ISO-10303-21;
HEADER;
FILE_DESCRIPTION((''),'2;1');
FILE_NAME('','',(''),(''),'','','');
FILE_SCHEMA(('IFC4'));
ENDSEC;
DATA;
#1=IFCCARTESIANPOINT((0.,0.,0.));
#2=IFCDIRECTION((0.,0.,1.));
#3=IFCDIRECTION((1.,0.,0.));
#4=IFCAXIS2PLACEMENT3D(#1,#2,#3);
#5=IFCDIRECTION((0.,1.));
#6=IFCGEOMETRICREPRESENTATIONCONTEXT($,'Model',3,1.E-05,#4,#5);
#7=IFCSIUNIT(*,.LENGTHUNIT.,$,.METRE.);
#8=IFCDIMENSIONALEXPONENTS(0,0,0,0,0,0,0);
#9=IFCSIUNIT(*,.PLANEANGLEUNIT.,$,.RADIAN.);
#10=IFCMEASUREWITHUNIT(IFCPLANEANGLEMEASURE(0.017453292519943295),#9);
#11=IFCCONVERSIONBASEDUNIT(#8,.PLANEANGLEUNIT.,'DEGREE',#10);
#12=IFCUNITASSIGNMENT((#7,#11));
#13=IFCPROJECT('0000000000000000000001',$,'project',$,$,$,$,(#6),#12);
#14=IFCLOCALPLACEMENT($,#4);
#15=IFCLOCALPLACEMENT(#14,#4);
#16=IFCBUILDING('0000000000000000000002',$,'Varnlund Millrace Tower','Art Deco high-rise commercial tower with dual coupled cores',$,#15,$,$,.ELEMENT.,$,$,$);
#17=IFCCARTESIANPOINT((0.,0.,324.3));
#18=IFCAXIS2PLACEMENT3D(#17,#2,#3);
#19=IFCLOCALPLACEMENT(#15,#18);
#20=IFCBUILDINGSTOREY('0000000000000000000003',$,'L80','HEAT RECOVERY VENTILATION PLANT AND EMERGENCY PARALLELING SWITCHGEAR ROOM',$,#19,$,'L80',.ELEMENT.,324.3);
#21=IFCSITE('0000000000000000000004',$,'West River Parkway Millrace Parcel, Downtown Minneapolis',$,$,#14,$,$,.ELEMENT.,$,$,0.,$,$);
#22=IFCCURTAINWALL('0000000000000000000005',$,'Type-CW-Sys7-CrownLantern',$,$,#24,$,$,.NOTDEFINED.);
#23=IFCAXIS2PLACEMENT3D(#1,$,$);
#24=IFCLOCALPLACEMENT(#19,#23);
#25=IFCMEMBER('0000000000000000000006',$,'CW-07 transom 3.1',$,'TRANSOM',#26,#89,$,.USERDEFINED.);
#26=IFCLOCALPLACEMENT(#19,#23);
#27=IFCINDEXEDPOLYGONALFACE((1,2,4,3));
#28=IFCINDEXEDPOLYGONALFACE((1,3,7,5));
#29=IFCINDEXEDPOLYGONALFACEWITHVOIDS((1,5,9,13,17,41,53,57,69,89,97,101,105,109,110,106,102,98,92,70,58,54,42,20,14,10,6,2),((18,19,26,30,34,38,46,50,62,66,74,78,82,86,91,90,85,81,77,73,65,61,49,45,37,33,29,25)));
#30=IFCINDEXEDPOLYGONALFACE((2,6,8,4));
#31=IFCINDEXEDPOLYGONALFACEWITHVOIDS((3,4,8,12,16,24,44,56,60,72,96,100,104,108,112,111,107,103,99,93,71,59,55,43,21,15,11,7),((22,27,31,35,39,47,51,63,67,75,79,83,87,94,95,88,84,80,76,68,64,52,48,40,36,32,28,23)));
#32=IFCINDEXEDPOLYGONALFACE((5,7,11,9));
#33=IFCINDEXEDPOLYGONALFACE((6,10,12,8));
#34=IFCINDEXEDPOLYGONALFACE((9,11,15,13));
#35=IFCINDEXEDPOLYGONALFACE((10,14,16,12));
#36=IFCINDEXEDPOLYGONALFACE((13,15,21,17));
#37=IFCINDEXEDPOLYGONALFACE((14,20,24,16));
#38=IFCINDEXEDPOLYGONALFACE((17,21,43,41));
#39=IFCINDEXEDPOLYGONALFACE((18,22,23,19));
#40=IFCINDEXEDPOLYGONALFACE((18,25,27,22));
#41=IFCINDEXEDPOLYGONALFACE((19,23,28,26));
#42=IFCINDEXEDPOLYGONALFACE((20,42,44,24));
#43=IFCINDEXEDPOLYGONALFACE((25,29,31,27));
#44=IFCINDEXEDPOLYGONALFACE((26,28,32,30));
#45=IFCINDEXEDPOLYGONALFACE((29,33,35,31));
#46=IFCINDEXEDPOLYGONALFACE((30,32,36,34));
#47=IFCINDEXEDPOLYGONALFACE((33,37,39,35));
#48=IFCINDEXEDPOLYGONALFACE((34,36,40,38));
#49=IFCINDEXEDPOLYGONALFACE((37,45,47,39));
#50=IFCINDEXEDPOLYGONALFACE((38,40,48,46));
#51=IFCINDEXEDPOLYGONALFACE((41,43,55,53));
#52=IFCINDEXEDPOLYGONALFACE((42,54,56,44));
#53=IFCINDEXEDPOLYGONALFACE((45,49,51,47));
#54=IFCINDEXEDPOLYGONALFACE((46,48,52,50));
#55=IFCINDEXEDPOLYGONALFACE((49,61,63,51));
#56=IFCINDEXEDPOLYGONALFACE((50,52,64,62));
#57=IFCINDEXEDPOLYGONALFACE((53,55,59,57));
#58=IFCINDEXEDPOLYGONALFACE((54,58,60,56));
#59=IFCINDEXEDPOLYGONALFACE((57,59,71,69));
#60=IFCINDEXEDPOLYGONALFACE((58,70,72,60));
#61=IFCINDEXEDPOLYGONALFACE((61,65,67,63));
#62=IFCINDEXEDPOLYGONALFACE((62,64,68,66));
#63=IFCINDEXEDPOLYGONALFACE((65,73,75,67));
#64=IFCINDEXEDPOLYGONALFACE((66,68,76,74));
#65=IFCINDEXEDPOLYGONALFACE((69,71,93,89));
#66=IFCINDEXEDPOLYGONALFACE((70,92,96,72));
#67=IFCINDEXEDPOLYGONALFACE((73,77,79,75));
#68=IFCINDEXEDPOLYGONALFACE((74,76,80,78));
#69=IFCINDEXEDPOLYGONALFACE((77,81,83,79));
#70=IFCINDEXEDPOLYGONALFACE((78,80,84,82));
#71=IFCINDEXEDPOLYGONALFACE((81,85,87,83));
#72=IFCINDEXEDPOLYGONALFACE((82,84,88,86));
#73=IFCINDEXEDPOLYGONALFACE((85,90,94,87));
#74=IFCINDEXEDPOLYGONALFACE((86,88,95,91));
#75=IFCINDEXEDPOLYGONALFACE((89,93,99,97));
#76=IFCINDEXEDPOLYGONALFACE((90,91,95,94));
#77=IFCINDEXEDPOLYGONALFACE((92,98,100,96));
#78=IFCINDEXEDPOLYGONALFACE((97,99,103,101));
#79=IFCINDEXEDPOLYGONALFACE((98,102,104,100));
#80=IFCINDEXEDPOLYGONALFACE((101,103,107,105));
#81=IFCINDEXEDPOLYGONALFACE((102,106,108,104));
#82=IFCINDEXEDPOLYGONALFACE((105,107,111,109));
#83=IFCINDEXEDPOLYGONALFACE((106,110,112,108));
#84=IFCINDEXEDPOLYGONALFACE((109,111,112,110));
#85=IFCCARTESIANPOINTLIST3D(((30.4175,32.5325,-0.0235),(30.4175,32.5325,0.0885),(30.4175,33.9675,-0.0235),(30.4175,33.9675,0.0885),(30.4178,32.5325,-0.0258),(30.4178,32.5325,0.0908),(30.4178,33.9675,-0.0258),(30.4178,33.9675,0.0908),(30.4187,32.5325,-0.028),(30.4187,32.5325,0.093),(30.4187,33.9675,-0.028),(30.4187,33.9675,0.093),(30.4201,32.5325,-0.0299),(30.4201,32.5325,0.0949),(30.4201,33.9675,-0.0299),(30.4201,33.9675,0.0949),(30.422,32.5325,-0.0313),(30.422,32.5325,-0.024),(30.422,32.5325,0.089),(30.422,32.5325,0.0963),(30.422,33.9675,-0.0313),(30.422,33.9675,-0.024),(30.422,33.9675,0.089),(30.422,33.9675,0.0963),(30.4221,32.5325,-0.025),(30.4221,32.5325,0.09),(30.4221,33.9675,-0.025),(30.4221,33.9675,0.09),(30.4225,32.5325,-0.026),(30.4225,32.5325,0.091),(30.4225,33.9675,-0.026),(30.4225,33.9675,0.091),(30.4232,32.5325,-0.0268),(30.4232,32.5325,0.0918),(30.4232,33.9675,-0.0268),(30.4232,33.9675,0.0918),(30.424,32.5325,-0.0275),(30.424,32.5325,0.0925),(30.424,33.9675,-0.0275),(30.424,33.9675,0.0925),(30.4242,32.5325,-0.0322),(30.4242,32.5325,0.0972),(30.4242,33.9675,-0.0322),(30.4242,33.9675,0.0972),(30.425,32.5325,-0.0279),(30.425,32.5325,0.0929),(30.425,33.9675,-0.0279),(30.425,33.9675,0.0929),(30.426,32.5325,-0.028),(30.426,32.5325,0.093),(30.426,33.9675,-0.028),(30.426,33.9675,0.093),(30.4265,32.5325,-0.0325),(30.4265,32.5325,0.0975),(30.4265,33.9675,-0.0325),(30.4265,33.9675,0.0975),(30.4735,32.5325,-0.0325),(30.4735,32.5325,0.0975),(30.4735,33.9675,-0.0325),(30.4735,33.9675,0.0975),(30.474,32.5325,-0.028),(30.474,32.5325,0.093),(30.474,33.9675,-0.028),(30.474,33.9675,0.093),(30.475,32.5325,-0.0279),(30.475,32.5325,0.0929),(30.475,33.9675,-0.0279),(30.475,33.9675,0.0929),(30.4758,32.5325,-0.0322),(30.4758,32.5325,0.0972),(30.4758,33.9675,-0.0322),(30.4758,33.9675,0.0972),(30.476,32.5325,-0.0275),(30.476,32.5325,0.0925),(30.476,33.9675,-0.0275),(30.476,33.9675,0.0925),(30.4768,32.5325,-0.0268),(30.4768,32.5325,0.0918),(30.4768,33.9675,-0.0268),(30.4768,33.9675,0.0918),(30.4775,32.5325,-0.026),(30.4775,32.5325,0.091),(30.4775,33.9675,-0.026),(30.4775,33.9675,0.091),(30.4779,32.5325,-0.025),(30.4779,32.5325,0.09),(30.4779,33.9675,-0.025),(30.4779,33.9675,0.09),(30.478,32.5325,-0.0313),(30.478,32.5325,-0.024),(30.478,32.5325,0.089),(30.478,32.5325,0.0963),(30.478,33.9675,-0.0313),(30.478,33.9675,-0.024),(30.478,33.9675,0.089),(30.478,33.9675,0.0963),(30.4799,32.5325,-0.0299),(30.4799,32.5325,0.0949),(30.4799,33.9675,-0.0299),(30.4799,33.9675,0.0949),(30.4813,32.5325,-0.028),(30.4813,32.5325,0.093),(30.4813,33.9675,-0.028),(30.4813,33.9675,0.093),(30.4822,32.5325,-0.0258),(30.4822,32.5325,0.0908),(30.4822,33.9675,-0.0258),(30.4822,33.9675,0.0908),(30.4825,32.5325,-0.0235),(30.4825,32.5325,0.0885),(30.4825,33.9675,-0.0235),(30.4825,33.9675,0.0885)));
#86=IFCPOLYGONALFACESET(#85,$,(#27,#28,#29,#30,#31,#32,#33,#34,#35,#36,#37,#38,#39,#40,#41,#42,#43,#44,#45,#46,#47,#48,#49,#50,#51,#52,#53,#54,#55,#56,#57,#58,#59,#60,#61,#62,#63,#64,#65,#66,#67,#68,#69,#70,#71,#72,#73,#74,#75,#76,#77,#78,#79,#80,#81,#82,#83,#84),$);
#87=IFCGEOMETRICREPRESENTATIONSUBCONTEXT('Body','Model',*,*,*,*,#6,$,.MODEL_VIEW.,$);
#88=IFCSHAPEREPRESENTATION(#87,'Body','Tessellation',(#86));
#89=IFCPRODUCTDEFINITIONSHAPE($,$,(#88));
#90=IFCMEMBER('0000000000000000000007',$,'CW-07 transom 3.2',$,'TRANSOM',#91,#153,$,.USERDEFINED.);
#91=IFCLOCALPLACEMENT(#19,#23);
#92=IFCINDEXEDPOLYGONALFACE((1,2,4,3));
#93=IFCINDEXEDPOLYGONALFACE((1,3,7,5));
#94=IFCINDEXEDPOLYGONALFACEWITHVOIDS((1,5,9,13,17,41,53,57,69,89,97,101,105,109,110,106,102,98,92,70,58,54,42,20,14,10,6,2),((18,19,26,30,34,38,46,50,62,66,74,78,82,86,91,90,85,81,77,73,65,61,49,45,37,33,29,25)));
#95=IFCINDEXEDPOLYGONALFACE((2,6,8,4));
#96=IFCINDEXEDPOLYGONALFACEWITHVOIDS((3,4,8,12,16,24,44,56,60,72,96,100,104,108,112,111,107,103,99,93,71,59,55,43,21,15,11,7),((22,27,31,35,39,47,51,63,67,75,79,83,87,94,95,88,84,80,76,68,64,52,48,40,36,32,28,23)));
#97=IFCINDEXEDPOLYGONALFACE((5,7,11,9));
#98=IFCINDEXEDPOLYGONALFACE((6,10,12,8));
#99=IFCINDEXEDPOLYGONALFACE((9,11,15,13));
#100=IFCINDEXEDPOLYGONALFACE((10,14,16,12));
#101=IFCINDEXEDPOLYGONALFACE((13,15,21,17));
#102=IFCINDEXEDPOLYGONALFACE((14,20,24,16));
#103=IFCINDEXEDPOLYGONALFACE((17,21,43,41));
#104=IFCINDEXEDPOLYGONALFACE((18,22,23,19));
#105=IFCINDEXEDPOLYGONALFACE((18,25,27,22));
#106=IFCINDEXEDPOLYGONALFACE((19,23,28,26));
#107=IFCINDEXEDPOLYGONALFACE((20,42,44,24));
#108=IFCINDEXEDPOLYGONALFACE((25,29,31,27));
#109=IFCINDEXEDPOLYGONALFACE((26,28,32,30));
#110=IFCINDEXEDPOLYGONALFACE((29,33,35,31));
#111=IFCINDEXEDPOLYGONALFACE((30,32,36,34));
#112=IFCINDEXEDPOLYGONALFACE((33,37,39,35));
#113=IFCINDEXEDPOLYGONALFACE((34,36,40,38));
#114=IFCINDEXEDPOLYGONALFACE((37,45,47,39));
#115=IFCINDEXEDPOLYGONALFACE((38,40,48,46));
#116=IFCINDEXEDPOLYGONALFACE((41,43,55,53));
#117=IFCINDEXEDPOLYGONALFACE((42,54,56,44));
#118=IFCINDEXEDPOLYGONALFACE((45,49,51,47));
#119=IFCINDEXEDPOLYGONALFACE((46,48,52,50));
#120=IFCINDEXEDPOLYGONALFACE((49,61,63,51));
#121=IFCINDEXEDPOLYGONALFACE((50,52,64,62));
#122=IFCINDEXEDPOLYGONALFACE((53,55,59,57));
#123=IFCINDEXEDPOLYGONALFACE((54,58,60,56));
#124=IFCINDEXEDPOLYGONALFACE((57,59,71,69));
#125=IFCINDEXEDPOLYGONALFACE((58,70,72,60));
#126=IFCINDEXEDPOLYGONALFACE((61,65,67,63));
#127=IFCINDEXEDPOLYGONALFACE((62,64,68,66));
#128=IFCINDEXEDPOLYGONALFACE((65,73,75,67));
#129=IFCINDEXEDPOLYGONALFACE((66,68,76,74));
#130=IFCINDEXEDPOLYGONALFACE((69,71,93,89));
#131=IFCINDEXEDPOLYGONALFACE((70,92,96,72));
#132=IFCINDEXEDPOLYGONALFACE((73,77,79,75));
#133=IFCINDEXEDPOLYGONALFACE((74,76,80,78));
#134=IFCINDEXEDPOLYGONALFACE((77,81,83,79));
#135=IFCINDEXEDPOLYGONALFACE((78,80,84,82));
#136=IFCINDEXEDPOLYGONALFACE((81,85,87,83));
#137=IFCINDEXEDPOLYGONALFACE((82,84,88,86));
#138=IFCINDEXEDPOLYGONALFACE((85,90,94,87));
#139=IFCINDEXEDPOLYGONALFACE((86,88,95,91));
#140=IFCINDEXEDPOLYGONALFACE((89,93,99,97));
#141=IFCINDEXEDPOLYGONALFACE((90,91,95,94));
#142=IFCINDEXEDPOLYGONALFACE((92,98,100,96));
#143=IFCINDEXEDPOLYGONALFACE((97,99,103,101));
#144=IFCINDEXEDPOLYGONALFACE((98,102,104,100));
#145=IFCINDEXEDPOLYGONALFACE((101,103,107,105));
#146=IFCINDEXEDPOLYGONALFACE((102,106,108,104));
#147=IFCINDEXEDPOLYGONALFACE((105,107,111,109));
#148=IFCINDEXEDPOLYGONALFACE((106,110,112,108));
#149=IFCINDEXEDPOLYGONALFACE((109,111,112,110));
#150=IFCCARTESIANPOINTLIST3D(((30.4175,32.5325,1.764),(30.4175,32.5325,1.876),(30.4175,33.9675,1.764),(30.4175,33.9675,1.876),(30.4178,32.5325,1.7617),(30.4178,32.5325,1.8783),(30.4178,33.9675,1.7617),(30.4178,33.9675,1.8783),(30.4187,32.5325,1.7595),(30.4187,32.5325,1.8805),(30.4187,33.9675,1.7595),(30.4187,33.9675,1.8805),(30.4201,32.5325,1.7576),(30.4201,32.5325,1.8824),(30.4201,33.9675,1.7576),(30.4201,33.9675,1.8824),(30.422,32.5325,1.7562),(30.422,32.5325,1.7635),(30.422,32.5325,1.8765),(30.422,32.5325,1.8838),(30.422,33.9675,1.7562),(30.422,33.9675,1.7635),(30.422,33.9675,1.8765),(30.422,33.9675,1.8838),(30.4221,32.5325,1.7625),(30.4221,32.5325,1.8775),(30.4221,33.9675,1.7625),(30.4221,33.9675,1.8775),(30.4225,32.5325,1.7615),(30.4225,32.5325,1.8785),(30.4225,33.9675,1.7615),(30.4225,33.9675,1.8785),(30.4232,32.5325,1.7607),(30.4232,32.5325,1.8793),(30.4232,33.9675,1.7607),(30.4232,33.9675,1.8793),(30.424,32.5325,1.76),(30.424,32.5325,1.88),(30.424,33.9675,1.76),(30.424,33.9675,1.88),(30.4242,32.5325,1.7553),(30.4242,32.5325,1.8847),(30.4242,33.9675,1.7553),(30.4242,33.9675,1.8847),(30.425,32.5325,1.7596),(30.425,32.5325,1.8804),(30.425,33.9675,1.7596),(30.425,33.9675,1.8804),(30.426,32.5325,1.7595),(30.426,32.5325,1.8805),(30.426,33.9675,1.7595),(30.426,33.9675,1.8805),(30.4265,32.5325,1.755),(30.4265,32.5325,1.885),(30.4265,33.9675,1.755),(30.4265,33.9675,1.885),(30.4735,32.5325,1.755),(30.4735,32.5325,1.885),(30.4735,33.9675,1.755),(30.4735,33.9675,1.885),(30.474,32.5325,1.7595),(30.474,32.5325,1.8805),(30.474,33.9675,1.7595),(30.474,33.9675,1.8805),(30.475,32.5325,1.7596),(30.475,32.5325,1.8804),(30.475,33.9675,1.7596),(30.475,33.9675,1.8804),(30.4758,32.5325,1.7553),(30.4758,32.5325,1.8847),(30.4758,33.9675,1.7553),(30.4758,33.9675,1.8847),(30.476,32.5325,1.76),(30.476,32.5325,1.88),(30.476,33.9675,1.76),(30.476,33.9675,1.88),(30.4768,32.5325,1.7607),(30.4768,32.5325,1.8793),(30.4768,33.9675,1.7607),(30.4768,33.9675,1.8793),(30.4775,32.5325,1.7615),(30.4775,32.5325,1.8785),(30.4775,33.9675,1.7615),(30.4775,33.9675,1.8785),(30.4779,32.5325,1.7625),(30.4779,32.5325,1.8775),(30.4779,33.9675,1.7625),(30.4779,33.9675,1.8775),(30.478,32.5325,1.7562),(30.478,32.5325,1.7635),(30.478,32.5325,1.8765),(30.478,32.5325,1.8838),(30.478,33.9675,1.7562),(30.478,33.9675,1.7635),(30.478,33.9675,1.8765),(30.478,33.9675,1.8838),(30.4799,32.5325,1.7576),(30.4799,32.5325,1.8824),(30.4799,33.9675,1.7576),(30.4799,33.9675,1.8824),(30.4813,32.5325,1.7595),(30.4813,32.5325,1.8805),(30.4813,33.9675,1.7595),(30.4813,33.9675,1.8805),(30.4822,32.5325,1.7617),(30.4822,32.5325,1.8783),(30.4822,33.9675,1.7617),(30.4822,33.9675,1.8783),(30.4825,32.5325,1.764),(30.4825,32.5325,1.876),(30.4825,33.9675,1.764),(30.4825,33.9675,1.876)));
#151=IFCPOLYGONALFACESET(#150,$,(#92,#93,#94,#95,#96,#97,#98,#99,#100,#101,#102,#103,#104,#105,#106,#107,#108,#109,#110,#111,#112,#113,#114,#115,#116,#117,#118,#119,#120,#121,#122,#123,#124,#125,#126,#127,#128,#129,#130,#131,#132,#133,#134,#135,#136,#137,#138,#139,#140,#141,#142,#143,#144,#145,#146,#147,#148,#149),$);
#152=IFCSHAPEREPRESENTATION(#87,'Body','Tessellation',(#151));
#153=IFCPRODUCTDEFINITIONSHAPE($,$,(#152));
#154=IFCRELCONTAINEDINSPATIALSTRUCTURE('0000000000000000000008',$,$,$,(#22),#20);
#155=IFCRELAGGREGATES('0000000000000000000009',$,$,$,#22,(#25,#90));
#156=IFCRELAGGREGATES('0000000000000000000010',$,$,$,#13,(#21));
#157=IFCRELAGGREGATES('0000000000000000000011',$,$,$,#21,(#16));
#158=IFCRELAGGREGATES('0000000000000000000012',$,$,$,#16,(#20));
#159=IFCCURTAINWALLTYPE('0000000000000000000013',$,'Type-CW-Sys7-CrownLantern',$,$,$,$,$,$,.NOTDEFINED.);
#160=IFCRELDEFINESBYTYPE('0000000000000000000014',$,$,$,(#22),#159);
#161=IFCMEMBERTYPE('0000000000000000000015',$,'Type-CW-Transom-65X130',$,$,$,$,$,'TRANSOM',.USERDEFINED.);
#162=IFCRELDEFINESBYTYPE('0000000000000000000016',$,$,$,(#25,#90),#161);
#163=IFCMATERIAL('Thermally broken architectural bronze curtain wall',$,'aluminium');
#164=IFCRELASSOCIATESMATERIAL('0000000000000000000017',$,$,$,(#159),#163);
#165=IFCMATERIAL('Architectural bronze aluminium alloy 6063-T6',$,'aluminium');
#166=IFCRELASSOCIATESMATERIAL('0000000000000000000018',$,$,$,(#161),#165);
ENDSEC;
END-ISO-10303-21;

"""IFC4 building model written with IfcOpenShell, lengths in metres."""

from ifc_helpers import new_model, entity, si_unit, converted_unit, direction, frame, origin_with_axes, origin_2d_with_axis, place, context, subcontext, project, spatial, hollow_rectangle, extrude, material, material_profile, profile_set, type_object, element, aggregate, save


model = new_model("IFC4")

# Units and contexts
model_context = context("Model", 3, precision=1e-05, world=origin_with_axes(), true_north=direction((0.0, 1.0)))
body_context = subcontext(model_context, "Body", "Model", "MODEL_VIEW")
ifc_project = project(units=[si_unit("LENGTHUNIT", "METRE"), converted_unit("PLANEANGLEUNIT", "DEGREE", entity("IfcPlaneAngleMeasure", 0.017453292519943295), si_unit("PLANEANGLEUNIT", "RADIAN"), dimensions=[0, 0, 0, 0, 0, 0, 0])], contexts=[model_context])

# Site, building, storey
site_placement = place(None, origin_with_axes())
site = spatial("IfcSite", under=ifc_project, at=site_placement, Name="West River Parkway Millrace Parcel, Downtown Minneapolis", CompositionType="ELEMENT", RefElevation=0.0)
building_placement = place(site_placement, origin_with_axes())
building = spatial("IfcBuilding", under=site, at=building_placement, Name="Varnlund Millrace Tower", Description="Art Deco high-rise commercial tower with dual coupled cores", CompositionType="ELEMENT")
storey_placement = place(building_placement, frame((0.0, 0.0, 324.3), z_axis=(0.0, 0.0, 1.0), x_axis=(1.0, 0.0, 0.0)))
storey = spatial("IfcBuildingStorey", under=building, at=storey_placement, Name="L80", Description="HEAT RECOVERY VENTILATION PLANT AND EMERGENCY PARALLELING SWITCHGEAR ROOM", LongName="L80", CompositionType="ELEMENT", Elevation=324.3)

# Curtain wall, members
ifc_material_1 = material(Name="Thermally broken architectural bronze curtain wall", Category="aluminium")
curtain_wall_type = type_object("IfcCurtainWallType", Name="Type-CW-Sys7-CrownLantern", PredefinedType="NOTDEFINED", material=ifc_material_1)
curtain_wall_1_placement = place(storey_placement, frame((30.45, 37.0, 0.0), z_axis=(0.0, 0.0, 1.0), x_axis=(1.0, 0.0, 0.0)))
curtain_wall_1 = element("IfcCurtainWall", 1, at=curtain_wall_1_placement, inside=storey, type_object=curtain_wall_type, Name="Type-CW-Sys7-CrownLantern", PredefinedType="NOTDEFINED")
ifc_material_2 = material(Name="Architectural bronze aluminium alloy 6063-T6", Category="aluminium")
ifc_material_profile_1 = material_profile(ifc_material_2, hollow_rectangle(XDim=0.065, YDim=0.13, WallThickness=0.0045, InnerFilletRadius=0.004, OuterFilletRadius=0.009, at=origin_2d_with_axis()), Name="Architectural bronze aluminium alloy 6063-T6")
ifc_profile_set_1 = profile_set([ifc_material_profile_1], Name="Architectural bronze aluminium alloy 6063-T6")
member_type = type_object("IfcMemberType", Name="Type-CW-Transom-65X130", ElementType="TRANSOM", PredefinedType="USERDEFINED", material=ifc_profile_set_1)
member_1_placement = place(storey_placement, frame((30.45, 33.9675, 0.0325), z_axis=(0.0, -1.0, 0.0), x_axis=(1.0, 0.0, 0.0)))
member_1 = element("IfcMember", 2, at=member_1_placement, type_object=member_type, Name="CW-07 transom 3.1", ObjectType="TRANSOM", PredefinedType="USERDEFINED", context=body_context, shape_type="SweptSolid", body=[
    extrude(hollow_rectangle(XDim=0.065, YDim=0.13, WallThickness=0.0045, InnerFilletRadius=0.004, OuterFilletRadius=0.009, at=origin_2d_with_axis()), origin_with_axes(), (0.0, 0.0, 1.0), 1.435),
])
member_2_placement = place(storey_placement, frame((30.45, 33.9675, 1.82), z_axis=(0.0, -1.0, 0.0), x_axis=(1.0, 0.0, 0.0)))
member_2 = element("IfcMember", 3, at=member_2_placement, type_object=member_type, Name="CW-07 transom 3.2", ObjectType="TRANSOM", PredefinedType="USERDEFINED", context=body_context, shape_type="SweptSolid", body=[
    extrude(hollow_rectangle(XDim=0.065, YDim=0.13, WallThickness=0.0045, InnerFilletRadius=0.004, OuterFilletRadius=0.009, at=origin_2d_with_axis()), origin_with_axes(), (0.0, 0.0, 1.0), 1.435),
])

aggregate(curtain_wall_1, [member_1, member_2])

save(model, "model.ifc")
